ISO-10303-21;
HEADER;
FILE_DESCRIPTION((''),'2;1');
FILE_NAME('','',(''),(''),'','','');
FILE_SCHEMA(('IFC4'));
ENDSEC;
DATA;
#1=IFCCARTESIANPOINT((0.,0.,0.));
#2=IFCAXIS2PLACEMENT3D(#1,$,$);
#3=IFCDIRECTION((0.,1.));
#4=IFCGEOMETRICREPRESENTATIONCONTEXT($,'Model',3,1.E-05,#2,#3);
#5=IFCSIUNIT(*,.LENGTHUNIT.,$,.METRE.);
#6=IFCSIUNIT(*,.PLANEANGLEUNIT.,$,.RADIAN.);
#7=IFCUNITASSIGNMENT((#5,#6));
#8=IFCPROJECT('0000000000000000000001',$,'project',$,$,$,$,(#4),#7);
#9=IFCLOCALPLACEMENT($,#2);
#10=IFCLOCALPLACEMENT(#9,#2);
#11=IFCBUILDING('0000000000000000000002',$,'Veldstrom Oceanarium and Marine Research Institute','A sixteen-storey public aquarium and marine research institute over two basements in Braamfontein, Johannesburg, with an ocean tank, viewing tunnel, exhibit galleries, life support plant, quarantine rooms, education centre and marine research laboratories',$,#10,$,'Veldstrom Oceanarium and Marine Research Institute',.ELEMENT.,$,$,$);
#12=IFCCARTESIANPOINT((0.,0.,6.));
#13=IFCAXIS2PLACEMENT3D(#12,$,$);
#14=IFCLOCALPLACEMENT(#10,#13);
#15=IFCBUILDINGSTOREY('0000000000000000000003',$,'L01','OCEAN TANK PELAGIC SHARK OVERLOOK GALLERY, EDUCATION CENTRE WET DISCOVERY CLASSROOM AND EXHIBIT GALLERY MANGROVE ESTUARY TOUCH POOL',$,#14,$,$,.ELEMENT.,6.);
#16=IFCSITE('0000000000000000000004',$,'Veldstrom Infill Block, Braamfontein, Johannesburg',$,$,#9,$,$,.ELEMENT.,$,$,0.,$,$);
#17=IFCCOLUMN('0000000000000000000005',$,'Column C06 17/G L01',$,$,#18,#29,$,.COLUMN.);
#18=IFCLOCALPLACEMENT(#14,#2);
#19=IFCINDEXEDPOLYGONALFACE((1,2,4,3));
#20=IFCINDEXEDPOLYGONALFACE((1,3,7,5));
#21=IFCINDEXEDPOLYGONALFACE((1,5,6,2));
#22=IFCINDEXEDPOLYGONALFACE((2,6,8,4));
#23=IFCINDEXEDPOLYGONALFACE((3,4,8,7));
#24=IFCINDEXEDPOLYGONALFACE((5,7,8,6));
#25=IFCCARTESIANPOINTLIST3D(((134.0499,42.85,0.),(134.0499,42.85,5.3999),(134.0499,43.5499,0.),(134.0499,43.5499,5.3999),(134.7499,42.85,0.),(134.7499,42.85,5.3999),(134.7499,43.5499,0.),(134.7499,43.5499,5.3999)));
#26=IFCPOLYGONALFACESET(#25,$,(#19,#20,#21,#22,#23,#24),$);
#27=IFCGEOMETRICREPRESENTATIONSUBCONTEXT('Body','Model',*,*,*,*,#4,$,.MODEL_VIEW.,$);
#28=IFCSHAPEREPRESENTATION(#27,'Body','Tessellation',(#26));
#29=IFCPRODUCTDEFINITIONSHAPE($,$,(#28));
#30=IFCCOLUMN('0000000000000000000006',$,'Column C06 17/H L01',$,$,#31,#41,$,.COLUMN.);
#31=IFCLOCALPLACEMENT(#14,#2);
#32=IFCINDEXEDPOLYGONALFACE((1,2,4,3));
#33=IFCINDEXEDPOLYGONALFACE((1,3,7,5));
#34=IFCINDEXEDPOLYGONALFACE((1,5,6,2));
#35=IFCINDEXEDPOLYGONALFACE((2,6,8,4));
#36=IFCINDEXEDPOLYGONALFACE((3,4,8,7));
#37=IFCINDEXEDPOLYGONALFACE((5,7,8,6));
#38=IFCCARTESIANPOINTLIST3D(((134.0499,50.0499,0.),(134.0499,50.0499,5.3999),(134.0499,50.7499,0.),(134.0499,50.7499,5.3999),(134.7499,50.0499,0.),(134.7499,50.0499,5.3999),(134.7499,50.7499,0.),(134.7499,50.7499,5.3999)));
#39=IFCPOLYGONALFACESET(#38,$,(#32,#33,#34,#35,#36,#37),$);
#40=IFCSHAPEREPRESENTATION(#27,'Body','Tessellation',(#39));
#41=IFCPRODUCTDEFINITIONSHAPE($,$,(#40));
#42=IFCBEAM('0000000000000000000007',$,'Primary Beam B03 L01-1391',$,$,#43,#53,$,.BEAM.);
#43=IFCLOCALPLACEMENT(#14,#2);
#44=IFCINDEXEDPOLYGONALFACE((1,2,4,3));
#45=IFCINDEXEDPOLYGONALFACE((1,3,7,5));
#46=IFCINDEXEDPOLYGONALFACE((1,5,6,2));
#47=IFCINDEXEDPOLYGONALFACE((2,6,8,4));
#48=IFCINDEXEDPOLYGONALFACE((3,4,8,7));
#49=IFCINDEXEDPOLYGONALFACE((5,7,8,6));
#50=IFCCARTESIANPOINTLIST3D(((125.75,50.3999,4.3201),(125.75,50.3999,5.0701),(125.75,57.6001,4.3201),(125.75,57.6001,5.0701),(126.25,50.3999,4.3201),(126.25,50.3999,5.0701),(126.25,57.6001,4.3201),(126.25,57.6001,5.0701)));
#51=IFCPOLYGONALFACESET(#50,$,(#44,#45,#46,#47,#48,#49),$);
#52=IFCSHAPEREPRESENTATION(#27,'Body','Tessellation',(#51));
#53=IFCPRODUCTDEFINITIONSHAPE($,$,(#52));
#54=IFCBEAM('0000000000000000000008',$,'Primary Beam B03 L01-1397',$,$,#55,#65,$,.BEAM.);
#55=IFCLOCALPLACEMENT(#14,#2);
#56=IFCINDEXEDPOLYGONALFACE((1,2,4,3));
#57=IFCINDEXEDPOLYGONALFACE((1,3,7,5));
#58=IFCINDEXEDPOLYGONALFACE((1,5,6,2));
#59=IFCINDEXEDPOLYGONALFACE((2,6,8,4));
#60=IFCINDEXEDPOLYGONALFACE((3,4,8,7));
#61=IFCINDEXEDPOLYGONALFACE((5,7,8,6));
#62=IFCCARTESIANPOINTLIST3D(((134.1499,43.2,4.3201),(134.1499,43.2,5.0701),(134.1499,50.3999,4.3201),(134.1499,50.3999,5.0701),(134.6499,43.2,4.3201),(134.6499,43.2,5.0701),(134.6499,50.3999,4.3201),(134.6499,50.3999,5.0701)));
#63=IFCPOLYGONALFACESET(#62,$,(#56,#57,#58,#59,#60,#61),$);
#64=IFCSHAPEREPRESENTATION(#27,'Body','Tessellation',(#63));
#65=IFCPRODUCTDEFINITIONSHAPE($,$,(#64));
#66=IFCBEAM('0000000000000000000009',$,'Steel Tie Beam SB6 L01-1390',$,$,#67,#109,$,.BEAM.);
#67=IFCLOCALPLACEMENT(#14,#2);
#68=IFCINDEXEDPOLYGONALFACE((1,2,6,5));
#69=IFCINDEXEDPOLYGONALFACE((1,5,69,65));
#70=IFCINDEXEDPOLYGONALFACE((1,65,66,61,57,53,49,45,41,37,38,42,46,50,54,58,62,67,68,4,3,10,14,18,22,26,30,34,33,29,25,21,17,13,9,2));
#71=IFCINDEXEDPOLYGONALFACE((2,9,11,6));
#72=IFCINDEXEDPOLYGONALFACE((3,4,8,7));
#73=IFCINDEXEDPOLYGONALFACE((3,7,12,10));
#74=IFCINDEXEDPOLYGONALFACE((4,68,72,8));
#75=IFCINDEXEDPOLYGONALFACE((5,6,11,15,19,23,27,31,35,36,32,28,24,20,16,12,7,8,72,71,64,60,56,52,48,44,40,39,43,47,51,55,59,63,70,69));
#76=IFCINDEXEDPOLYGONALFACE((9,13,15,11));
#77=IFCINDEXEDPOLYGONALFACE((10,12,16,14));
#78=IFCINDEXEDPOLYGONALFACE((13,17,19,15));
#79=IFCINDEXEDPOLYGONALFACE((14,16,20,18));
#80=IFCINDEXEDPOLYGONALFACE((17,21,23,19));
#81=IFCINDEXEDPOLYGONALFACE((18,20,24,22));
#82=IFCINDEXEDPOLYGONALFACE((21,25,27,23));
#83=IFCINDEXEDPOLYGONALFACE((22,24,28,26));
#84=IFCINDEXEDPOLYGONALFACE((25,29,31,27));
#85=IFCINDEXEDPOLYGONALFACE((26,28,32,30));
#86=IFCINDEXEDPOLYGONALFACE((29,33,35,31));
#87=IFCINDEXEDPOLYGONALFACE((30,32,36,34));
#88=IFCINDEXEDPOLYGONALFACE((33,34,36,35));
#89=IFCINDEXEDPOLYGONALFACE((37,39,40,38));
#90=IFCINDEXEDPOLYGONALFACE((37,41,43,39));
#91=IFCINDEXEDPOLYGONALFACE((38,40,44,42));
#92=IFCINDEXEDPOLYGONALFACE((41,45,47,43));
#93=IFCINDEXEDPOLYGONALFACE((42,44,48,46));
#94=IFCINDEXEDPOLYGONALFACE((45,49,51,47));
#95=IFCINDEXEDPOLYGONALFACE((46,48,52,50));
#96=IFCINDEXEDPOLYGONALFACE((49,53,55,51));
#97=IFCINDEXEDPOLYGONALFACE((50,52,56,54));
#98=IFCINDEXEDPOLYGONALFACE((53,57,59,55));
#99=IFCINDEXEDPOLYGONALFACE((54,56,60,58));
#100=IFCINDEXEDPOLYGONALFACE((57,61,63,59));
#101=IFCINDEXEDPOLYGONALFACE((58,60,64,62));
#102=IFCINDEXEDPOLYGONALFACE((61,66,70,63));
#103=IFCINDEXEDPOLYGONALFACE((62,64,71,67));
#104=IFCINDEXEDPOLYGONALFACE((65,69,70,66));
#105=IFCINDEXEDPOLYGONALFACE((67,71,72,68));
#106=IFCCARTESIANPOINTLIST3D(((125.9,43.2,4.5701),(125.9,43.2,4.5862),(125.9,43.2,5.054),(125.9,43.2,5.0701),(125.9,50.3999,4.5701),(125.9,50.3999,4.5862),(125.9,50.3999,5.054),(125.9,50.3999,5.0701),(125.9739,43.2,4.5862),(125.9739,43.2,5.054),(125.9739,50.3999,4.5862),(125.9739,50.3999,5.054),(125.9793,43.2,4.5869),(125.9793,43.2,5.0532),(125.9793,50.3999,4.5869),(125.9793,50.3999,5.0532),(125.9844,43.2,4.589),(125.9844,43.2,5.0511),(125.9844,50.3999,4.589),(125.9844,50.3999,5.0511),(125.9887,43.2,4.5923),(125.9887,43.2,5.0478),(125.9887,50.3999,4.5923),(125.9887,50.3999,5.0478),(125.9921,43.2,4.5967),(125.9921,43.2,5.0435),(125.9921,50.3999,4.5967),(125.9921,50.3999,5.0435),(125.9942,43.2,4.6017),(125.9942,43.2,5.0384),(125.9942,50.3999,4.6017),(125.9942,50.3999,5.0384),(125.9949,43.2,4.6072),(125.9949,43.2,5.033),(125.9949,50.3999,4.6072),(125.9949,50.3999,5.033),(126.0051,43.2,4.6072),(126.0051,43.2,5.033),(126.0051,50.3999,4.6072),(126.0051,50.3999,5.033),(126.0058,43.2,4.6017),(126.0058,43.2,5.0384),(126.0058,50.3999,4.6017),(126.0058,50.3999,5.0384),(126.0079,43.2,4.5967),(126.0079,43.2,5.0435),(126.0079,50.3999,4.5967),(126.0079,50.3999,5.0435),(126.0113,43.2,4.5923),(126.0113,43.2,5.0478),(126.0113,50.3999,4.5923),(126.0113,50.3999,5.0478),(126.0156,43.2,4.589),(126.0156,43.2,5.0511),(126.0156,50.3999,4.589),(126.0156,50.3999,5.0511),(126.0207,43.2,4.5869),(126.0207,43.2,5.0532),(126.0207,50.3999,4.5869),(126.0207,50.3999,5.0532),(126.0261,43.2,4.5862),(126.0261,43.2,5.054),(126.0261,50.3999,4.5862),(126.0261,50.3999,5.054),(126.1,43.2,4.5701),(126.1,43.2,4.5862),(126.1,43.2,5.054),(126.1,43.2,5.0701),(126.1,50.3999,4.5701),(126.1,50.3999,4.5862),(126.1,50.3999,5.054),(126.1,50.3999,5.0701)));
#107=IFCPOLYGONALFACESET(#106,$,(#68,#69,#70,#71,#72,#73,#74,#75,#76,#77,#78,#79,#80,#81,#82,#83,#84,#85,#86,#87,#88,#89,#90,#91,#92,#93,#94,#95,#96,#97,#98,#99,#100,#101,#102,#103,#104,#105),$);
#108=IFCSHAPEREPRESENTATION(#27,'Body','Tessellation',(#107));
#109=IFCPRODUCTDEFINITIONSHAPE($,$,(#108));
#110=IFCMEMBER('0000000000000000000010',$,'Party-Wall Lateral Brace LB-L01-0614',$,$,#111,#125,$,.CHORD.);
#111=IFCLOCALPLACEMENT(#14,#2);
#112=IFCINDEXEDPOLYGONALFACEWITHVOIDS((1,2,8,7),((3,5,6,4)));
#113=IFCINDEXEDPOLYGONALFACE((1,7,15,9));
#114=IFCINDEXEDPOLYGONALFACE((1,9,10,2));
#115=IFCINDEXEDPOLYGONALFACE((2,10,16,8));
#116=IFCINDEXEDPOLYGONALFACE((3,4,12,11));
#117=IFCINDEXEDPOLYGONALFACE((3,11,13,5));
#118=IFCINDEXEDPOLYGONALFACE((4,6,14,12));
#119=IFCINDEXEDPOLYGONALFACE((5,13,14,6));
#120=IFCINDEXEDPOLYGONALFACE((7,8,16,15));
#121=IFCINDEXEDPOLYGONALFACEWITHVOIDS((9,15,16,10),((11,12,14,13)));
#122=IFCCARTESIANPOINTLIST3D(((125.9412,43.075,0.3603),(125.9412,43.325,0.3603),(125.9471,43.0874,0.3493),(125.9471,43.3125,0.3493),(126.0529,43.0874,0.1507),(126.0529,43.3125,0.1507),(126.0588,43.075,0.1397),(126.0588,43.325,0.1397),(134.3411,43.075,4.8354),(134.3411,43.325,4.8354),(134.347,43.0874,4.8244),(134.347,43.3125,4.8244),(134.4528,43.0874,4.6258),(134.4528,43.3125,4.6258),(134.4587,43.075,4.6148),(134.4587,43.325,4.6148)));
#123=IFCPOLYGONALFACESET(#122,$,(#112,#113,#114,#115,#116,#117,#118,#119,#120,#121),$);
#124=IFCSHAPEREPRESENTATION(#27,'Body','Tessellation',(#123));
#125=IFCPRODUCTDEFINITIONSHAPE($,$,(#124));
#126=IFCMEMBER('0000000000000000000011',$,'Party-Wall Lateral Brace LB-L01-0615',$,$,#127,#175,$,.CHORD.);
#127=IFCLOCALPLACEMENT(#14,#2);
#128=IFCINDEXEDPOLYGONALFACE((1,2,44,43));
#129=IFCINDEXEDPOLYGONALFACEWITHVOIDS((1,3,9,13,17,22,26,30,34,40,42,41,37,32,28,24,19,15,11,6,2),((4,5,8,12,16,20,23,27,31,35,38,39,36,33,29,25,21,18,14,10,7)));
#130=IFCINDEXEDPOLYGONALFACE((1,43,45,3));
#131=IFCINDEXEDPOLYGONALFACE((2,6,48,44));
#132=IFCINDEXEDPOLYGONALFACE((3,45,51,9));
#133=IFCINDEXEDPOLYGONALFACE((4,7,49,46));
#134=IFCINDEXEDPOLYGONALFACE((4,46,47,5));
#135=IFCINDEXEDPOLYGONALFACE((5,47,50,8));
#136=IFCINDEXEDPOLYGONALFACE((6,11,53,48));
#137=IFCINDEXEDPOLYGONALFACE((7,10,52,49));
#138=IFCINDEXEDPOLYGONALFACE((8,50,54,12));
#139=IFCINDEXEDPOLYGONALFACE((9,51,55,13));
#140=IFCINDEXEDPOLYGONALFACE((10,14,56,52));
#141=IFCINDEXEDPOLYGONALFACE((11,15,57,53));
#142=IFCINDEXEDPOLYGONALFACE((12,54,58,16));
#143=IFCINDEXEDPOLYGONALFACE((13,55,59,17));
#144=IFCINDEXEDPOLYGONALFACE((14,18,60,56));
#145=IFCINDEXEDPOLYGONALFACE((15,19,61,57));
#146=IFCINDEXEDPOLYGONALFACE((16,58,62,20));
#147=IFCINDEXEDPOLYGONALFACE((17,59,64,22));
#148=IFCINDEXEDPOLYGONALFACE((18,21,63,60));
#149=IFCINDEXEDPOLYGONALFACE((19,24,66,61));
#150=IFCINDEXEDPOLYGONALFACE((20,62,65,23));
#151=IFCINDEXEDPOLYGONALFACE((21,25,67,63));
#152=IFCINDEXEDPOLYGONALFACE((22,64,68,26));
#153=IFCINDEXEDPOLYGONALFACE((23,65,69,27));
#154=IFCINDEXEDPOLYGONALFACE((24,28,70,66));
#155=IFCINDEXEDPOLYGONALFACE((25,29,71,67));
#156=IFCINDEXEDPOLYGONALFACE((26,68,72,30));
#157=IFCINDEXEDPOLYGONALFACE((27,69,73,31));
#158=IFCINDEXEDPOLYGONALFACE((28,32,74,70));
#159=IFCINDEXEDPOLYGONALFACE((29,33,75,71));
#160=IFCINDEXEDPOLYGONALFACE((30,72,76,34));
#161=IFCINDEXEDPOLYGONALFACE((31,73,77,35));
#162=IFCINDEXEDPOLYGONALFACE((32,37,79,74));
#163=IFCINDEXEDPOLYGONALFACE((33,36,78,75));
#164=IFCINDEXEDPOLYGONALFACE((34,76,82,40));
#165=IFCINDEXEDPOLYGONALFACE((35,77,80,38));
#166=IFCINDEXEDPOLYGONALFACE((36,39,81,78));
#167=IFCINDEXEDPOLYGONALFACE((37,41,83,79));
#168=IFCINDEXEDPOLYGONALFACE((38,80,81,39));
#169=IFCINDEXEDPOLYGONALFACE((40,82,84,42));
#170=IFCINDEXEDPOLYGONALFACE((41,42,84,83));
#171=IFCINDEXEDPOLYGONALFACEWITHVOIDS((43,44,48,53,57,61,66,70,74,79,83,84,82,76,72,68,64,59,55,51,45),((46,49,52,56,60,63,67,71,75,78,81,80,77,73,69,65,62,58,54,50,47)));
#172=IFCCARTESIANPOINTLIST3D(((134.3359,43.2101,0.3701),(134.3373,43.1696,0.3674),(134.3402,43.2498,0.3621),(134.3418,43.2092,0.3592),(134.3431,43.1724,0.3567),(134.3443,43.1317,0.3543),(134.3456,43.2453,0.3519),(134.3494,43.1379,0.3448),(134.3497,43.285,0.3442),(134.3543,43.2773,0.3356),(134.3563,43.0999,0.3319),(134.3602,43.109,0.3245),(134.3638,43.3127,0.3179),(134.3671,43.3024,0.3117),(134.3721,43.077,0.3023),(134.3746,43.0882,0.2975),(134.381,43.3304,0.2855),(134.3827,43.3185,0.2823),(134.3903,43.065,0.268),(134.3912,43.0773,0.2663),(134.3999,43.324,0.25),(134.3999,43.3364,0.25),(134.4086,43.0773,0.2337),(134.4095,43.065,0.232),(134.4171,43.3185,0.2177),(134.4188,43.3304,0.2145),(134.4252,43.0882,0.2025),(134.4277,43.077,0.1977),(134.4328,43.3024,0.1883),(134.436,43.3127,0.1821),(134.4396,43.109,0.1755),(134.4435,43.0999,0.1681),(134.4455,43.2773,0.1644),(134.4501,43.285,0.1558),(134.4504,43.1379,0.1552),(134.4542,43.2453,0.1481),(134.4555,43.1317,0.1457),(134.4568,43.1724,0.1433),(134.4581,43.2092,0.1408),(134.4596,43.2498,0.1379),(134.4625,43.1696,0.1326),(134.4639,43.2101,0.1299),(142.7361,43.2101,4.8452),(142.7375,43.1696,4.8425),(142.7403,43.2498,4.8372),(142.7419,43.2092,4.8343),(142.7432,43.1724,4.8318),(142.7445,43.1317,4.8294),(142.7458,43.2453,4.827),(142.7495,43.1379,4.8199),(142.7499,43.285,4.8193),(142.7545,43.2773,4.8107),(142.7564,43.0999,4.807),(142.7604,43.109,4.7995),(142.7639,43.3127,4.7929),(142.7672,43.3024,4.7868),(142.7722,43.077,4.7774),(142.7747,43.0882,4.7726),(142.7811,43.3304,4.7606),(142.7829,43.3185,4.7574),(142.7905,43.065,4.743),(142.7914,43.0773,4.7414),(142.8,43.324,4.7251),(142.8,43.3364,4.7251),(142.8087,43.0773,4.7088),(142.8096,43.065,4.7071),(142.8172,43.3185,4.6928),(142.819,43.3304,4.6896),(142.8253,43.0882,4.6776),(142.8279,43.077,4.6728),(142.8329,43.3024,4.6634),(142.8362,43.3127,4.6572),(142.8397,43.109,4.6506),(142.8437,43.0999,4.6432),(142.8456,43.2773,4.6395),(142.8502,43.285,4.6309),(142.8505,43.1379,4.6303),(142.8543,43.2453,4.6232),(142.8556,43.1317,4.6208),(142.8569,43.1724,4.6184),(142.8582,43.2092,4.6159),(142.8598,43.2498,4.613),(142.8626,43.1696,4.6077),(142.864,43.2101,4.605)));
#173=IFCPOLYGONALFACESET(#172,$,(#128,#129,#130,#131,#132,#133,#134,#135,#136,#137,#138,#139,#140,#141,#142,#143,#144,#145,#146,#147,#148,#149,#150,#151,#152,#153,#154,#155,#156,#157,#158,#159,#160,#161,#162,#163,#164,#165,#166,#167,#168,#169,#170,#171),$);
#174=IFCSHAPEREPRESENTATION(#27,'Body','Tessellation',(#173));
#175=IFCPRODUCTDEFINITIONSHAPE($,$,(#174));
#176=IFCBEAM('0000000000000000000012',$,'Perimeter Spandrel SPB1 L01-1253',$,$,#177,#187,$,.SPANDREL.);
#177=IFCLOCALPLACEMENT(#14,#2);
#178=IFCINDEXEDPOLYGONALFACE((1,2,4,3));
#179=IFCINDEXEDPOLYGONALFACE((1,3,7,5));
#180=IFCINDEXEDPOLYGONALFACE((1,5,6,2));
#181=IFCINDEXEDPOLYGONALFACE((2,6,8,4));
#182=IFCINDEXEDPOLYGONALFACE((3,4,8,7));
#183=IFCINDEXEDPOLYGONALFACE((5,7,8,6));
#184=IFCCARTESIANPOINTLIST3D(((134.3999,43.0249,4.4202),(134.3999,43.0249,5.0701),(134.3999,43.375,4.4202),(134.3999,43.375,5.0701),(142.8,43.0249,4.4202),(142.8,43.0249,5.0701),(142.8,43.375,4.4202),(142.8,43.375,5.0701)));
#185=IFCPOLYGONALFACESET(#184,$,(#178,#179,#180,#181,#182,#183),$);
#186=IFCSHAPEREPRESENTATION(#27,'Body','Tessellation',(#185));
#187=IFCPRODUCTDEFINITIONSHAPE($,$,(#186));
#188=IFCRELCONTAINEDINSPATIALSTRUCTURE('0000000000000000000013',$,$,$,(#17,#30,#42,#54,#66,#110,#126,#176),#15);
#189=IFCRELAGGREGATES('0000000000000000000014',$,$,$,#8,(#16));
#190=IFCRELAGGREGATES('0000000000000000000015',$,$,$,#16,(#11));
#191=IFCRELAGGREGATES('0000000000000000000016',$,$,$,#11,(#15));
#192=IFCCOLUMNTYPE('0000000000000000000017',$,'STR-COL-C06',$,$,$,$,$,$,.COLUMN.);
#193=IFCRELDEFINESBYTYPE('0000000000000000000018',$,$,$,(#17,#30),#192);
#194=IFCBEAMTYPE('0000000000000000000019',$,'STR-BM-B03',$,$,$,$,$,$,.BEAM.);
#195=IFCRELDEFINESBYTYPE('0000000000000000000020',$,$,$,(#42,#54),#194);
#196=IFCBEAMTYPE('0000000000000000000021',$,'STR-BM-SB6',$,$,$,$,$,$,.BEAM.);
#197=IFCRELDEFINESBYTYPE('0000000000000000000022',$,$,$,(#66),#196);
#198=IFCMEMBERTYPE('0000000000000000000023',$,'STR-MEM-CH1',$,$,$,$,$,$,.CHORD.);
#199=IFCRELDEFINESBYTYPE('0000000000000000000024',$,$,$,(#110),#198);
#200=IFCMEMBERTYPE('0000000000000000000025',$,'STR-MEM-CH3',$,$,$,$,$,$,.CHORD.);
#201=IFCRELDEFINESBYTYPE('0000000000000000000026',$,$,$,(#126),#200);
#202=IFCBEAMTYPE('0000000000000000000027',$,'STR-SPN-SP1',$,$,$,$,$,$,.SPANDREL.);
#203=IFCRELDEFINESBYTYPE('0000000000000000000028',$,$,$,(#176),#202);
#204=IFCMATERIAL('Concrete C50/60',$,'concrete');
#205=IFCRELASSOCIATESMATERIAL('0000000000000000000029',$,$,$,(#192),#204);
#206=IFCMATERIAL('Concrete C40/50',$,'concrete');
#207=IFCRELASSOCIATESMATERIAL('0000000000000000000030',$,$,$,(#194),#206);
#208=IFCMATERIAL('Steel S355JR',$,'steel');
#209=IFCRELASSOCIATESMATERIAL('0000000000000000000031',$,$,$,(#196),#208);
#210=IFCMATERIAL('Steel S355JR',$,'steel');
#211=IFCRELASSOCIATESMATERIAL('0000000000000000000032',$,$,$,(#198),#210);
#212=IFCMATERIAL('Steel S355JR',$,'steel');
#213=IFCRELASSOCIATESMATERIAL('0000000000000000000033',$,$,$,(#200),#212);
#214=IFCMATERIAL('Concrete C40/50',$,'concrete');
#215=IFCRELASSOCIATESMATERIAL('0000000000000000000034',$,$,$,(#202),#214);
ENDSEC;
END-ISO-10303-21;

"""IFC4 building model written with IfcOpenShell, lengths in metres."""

from ifc_helpers import new_model, si_unit, direction, frame, origin, origin_2d, place, context, subcontext, project, spatial, rectangle, hollow_rectangle, hollow_circle, i_section, extrude, material, material_profile, profile_set, type_object, element, save


model = new_model("IFC4")

# Units and contexts
model_context = context("Model", 3, precision=1e-05, world=origin(), true_north=direction((0.0, 1.0)))
body_context = subcontext(model_context, "Body", "Model", "MODEL_VIEW")
ifc_project = project(units=[si_unit("LENGTHUNIT", "METRE"), si_unit("PLANEANGLEUNIT", "RADIAN")], contexts=[model_context])

# Site, building, storey
site_placement = place(None, origin())
site = spatial("IfcSite", under=ifc_project, at=site_placement, Name="Veldstrom Infill Block, Braamfontein, Johannesburg", CompositionType="ELEMENT", RefElevation=0.0)
building_placement = place(site_placement, origin())
building = spatial("IfcBuilding", under=site, at=building_placement, Name="Veldstrom Oceanarium and Marine Research Institute", Description="A sixteen-storey public aquarium and marine research institute over two basements in Braamfontein, Johannesburg, with an ocean tank, viewing tunnel, exhibit galleries, life support plant, quarantine rooms, education centre and marine research laboratories", LongName="Veldstrom Oceanarium and Marine Research Institute", CompositionType="ELEMENT")
storey_placement = place(building_placement, frame((0.0, 0.0, 6.0)))
storey = spatial("IfcBuildingStorey", under=building, at=storey_placement, Name="L01", Description="OCEAN TANK PELAGIC SHARK OVERLOOK GALLERY, EDUCATION CENTRE WET DISCOVERY CLASSROOM AND EXHIBIT GALLERY MANGROVE ESTUARY TOUCH POOL", CompositionType="ELEMENT", Elevation=6.0)

# Columns
ifc_material_1 = material(Name="Concrete C50/60", Category="concrete")
ifc_material_profile_1 = material_profile(ifc_material_1, rectangle(XDim=0.7, YDim=0.7, at=origin_2d()), Name="RC-COL-700x700")
ifc_profile_set_1 = profile_set([ifc_material_profile_1], Name="Concrete C50/60")
column_type = type_object("IfcColumnType", Name="STR-COL-C06", PredefinedType="COLUMN", material=ifc_profile_set_1)
for number, where, z_axis, x_axis, name in (
    (1, (134.3999, 43.2, 0.0), (0.0, 0.0, 1.0), (1.0, 0.0, 0.0), "Column C06 17/G L01"),
    (2, (134.3999, 50.3999, 0.0), (0.0, 0.0, 1.0), (1.0, 0.0, 0.0), "Column C06 17/H L01"),
):
    element("IfcColumn", number, at=place(storey_placement, frame(where, z_axis=z_axis, x_axis=x_axis)), inside=storey, type_object=column_type, Name=name, PredefinedType="COLUMN", context=body_context, shape_type="SweptSolid", body=[
        extrude(rectangle(XDim=0.7, YDim=0.7, at=origin_2d()), origin(), (0.0, 0.0, 1.0), 5.3999),
    ])

# Beams
ifc_material_2 = material(Name="Concrete C40/50", Category="concrete")
ifc_material_profile_2 = material_profile(ifc_material_2, rectangle(XDim=0.5, YDim=0.75, at=origin_2d()), Name="RC-BM-500x750")
ifc_profile_set_2 = profile_set([ifc_material_profile_2], Name="Concrete C40/50")
beam_type_1 = type_object("IfcBeamType", Name="STR-BM-B03", PredefinedType="BEAM", material=ifc_profile_set_2)
beam_1_placement = place(storey_placement, frame((126.0, 50.3999, 4.6951), z_axis=(0.0, 1.0, 0.0), x_axis=(-1.0, 0.0, 0.0)))
element("IfcBeam", 3, at=beam_1_placement, inside=storey, type_object=beam_type_1, Name="Primary Beam B03 L01-1391", PredefinedType="BEAM", context=body_context, shape_type="SweptSolid", body=[
    extrude(rectangle(XDim=0.5, YDim=0.75, at=origin_2d()), origin(), (0.0, 0.0, 1.0), 7.2002),
])
beam_2_placement = place(storey_placement, frame((134.3999, 43.2, 4.6951), z_axis=(0.0, 1.0, 0.0), x_axis=(-1.0, 0.0, 0.0)))
element("IfcBeam", 4, at=beam_2_placement, inside=storey, type_object=beam_type_1, Name="Primary Beam B03 L01-1397", PredefinedType="BEAM", context=body_context, shape_type="SweptSolid", body=[
    extrude(rectangle(XDim=0.5, YDim=0.75, at=origin_2d()), origin(), (0.0, 0.0, 1.0), 7.2),
])
ifc_material_3 = material(Name="Steel S355JR", Category="steel")
ifc_material_profile_3 = material_profile(ifc_material_3, i_section(OverallWidth=0.2, OverallDepth=0.5, WebThickness=0.0103, FlangeThickness=0.0161, FilletRadius=0.021, at=origin_2d()), Name="IPE 500")
ifc_profile_set_3 = profile_set([ifc_material_profile_3], Name="Steel S355JR")
beam_type_2 = type_object("IfcBeamType", Name="STR-BM-SB6", PredefinedType="BEAM", material=ifc_profile_set_3)
beam_3_placement = place(storey_placement, frame((126.0, 43.2, 4.8201), z_axis=(0.0, 1.0, 0.0), x_axis=(-1.0, 0.0, 0.0)))
element("IfcBeam", 5, at=beam_3_placement, inside=storey, type_object=beam_type_2, Name="Steel Tie Beam SB6 L01-1390", PredefinedType="BEAM", context=body_context, shape_type="SweptSolid", body=[
    extrude(i_section(OverallWidth=0.2, OverallDepth=0.5, WebThickness=0.0103, FlangeThickness=0.0161, FilletRadius=0.021, at=origin_2d()), origin(), (0.0, 0.0, 1.0), 7.2),
])

# Members
ifc_material_4 = material(Name="Steel S355JR", Category="steel")
ifc_material_profile_4 = material_profile(ifc_material_4, hollow_rectangle(XDim=0.25, YDim=0.25, WallThickness=0.0125, at=origin_2d()), Name="SHS 250x250x12.5")
ifc_profile_set_4 = profile_set([ifc_material_profile_4], Name="Steel S355JR")
member_type_1 = type_object("IfcMemberType", Name="STR-MEM-CH1", PredefinedType="CHORD", material=ifc_profile_set_4)
member_1_placement = place(storey_placement, frame((126.0, 43.2, 0.25), z_axis=(0.882564, 0.0, 0.470191), x_axis=(0.0, 1.0, 0.0)))
element("IfcMember", 6, at=member_1_placement, inside=storey, type_object=member_type_1, Name="Party-Wall Lateral Brace LB-L01-0614", PredefinedType="CHORD", context=body_context, shape_type="SweptSolid", body=[
    extrude(hollow_rectangle(XDim=0.25, YDim=0.25, WallThickness=0.0125, at=origin_2d()), origin(), (0.0, 0.0, 1.0), 9.5176),
])
ifc_material_5 = material(Name="Steel S355JR", Category="steel")
ifc_material_profile_5 = material_profile(ifc_material_5, hollow_circle(Radius=0.1365, WallThickness=0.0125, at=origin_2d()), Name="CHS 273x12.5")
ifc_profile_set_5 = profile_set([ifc_material_profile_5], Name="Steel S355JR")
member_type_2 = type_object("IfcMemberType", Name="STR-MEM-CH3", PredefinedType="CHORD", material=ifc_profile_set_5)
member_2_placement = place(storey_placement, frame((134.3999, 43.2, 0.25), z_axis=(0.88257, 0.0, 0.470181), x_axis=(0.0, 1.0, 0.0)))
element("IfcMember", 7, at=member_2_placement, inside=storey, type_object=member_type_2, Name="Party-Wall Lateral Brace LB-L01-0615", PredefinedType="CHORD", context=body_context, shape_type="SweptSolid", body=[
    extrude(hollow_circle(Radius=0.1365, WallThickness=0.0125, at=origin_2d()), origin(), (0.0, 0.0, 1.0), 9.5178),
])

# Beam
ifc_material_6 = material(Name="Concrete C40/50", Category="concrete")
ifc_material_profile_6 = material_profile(ifc_material_6, rectangle(XDim=0.3501, YDim=0.6499, at=origin_2d()), Name="RC-SPN-350x650")
ifc_profile_set_6 = profile_set([ifc_material_profile_6], Name="Concrete C40/50")
beam_type_3 = type_object("IfcBeamType", Name="STR-SPN-SP1", PredefinedType="SPANDREL", material=ifc_profile_set_6)
beam_4_placement = place(storey_placement, frame((134.3999, 43.2, 4.7451), z_axis=(1.0, 0.0, 0.0), x_axis=(0.0, 1.0, 0.0)))
element("IfcBeam", 8, at=beam_4_placement, inside=storey, type_object=beam_type_3, Name="Perimeter Spandrel SPB1 L01-1253", PredefinedType="SPANDREL", context=body_context, shape_type="SweptSolid", body=[
    extrude(rectangle(XDim=0.3501, YDim=0.6499, at=origin_2d()), origin(), (0.0, 0.0, 1.0), 8.4001),
])

save(model, "model.ifc")
